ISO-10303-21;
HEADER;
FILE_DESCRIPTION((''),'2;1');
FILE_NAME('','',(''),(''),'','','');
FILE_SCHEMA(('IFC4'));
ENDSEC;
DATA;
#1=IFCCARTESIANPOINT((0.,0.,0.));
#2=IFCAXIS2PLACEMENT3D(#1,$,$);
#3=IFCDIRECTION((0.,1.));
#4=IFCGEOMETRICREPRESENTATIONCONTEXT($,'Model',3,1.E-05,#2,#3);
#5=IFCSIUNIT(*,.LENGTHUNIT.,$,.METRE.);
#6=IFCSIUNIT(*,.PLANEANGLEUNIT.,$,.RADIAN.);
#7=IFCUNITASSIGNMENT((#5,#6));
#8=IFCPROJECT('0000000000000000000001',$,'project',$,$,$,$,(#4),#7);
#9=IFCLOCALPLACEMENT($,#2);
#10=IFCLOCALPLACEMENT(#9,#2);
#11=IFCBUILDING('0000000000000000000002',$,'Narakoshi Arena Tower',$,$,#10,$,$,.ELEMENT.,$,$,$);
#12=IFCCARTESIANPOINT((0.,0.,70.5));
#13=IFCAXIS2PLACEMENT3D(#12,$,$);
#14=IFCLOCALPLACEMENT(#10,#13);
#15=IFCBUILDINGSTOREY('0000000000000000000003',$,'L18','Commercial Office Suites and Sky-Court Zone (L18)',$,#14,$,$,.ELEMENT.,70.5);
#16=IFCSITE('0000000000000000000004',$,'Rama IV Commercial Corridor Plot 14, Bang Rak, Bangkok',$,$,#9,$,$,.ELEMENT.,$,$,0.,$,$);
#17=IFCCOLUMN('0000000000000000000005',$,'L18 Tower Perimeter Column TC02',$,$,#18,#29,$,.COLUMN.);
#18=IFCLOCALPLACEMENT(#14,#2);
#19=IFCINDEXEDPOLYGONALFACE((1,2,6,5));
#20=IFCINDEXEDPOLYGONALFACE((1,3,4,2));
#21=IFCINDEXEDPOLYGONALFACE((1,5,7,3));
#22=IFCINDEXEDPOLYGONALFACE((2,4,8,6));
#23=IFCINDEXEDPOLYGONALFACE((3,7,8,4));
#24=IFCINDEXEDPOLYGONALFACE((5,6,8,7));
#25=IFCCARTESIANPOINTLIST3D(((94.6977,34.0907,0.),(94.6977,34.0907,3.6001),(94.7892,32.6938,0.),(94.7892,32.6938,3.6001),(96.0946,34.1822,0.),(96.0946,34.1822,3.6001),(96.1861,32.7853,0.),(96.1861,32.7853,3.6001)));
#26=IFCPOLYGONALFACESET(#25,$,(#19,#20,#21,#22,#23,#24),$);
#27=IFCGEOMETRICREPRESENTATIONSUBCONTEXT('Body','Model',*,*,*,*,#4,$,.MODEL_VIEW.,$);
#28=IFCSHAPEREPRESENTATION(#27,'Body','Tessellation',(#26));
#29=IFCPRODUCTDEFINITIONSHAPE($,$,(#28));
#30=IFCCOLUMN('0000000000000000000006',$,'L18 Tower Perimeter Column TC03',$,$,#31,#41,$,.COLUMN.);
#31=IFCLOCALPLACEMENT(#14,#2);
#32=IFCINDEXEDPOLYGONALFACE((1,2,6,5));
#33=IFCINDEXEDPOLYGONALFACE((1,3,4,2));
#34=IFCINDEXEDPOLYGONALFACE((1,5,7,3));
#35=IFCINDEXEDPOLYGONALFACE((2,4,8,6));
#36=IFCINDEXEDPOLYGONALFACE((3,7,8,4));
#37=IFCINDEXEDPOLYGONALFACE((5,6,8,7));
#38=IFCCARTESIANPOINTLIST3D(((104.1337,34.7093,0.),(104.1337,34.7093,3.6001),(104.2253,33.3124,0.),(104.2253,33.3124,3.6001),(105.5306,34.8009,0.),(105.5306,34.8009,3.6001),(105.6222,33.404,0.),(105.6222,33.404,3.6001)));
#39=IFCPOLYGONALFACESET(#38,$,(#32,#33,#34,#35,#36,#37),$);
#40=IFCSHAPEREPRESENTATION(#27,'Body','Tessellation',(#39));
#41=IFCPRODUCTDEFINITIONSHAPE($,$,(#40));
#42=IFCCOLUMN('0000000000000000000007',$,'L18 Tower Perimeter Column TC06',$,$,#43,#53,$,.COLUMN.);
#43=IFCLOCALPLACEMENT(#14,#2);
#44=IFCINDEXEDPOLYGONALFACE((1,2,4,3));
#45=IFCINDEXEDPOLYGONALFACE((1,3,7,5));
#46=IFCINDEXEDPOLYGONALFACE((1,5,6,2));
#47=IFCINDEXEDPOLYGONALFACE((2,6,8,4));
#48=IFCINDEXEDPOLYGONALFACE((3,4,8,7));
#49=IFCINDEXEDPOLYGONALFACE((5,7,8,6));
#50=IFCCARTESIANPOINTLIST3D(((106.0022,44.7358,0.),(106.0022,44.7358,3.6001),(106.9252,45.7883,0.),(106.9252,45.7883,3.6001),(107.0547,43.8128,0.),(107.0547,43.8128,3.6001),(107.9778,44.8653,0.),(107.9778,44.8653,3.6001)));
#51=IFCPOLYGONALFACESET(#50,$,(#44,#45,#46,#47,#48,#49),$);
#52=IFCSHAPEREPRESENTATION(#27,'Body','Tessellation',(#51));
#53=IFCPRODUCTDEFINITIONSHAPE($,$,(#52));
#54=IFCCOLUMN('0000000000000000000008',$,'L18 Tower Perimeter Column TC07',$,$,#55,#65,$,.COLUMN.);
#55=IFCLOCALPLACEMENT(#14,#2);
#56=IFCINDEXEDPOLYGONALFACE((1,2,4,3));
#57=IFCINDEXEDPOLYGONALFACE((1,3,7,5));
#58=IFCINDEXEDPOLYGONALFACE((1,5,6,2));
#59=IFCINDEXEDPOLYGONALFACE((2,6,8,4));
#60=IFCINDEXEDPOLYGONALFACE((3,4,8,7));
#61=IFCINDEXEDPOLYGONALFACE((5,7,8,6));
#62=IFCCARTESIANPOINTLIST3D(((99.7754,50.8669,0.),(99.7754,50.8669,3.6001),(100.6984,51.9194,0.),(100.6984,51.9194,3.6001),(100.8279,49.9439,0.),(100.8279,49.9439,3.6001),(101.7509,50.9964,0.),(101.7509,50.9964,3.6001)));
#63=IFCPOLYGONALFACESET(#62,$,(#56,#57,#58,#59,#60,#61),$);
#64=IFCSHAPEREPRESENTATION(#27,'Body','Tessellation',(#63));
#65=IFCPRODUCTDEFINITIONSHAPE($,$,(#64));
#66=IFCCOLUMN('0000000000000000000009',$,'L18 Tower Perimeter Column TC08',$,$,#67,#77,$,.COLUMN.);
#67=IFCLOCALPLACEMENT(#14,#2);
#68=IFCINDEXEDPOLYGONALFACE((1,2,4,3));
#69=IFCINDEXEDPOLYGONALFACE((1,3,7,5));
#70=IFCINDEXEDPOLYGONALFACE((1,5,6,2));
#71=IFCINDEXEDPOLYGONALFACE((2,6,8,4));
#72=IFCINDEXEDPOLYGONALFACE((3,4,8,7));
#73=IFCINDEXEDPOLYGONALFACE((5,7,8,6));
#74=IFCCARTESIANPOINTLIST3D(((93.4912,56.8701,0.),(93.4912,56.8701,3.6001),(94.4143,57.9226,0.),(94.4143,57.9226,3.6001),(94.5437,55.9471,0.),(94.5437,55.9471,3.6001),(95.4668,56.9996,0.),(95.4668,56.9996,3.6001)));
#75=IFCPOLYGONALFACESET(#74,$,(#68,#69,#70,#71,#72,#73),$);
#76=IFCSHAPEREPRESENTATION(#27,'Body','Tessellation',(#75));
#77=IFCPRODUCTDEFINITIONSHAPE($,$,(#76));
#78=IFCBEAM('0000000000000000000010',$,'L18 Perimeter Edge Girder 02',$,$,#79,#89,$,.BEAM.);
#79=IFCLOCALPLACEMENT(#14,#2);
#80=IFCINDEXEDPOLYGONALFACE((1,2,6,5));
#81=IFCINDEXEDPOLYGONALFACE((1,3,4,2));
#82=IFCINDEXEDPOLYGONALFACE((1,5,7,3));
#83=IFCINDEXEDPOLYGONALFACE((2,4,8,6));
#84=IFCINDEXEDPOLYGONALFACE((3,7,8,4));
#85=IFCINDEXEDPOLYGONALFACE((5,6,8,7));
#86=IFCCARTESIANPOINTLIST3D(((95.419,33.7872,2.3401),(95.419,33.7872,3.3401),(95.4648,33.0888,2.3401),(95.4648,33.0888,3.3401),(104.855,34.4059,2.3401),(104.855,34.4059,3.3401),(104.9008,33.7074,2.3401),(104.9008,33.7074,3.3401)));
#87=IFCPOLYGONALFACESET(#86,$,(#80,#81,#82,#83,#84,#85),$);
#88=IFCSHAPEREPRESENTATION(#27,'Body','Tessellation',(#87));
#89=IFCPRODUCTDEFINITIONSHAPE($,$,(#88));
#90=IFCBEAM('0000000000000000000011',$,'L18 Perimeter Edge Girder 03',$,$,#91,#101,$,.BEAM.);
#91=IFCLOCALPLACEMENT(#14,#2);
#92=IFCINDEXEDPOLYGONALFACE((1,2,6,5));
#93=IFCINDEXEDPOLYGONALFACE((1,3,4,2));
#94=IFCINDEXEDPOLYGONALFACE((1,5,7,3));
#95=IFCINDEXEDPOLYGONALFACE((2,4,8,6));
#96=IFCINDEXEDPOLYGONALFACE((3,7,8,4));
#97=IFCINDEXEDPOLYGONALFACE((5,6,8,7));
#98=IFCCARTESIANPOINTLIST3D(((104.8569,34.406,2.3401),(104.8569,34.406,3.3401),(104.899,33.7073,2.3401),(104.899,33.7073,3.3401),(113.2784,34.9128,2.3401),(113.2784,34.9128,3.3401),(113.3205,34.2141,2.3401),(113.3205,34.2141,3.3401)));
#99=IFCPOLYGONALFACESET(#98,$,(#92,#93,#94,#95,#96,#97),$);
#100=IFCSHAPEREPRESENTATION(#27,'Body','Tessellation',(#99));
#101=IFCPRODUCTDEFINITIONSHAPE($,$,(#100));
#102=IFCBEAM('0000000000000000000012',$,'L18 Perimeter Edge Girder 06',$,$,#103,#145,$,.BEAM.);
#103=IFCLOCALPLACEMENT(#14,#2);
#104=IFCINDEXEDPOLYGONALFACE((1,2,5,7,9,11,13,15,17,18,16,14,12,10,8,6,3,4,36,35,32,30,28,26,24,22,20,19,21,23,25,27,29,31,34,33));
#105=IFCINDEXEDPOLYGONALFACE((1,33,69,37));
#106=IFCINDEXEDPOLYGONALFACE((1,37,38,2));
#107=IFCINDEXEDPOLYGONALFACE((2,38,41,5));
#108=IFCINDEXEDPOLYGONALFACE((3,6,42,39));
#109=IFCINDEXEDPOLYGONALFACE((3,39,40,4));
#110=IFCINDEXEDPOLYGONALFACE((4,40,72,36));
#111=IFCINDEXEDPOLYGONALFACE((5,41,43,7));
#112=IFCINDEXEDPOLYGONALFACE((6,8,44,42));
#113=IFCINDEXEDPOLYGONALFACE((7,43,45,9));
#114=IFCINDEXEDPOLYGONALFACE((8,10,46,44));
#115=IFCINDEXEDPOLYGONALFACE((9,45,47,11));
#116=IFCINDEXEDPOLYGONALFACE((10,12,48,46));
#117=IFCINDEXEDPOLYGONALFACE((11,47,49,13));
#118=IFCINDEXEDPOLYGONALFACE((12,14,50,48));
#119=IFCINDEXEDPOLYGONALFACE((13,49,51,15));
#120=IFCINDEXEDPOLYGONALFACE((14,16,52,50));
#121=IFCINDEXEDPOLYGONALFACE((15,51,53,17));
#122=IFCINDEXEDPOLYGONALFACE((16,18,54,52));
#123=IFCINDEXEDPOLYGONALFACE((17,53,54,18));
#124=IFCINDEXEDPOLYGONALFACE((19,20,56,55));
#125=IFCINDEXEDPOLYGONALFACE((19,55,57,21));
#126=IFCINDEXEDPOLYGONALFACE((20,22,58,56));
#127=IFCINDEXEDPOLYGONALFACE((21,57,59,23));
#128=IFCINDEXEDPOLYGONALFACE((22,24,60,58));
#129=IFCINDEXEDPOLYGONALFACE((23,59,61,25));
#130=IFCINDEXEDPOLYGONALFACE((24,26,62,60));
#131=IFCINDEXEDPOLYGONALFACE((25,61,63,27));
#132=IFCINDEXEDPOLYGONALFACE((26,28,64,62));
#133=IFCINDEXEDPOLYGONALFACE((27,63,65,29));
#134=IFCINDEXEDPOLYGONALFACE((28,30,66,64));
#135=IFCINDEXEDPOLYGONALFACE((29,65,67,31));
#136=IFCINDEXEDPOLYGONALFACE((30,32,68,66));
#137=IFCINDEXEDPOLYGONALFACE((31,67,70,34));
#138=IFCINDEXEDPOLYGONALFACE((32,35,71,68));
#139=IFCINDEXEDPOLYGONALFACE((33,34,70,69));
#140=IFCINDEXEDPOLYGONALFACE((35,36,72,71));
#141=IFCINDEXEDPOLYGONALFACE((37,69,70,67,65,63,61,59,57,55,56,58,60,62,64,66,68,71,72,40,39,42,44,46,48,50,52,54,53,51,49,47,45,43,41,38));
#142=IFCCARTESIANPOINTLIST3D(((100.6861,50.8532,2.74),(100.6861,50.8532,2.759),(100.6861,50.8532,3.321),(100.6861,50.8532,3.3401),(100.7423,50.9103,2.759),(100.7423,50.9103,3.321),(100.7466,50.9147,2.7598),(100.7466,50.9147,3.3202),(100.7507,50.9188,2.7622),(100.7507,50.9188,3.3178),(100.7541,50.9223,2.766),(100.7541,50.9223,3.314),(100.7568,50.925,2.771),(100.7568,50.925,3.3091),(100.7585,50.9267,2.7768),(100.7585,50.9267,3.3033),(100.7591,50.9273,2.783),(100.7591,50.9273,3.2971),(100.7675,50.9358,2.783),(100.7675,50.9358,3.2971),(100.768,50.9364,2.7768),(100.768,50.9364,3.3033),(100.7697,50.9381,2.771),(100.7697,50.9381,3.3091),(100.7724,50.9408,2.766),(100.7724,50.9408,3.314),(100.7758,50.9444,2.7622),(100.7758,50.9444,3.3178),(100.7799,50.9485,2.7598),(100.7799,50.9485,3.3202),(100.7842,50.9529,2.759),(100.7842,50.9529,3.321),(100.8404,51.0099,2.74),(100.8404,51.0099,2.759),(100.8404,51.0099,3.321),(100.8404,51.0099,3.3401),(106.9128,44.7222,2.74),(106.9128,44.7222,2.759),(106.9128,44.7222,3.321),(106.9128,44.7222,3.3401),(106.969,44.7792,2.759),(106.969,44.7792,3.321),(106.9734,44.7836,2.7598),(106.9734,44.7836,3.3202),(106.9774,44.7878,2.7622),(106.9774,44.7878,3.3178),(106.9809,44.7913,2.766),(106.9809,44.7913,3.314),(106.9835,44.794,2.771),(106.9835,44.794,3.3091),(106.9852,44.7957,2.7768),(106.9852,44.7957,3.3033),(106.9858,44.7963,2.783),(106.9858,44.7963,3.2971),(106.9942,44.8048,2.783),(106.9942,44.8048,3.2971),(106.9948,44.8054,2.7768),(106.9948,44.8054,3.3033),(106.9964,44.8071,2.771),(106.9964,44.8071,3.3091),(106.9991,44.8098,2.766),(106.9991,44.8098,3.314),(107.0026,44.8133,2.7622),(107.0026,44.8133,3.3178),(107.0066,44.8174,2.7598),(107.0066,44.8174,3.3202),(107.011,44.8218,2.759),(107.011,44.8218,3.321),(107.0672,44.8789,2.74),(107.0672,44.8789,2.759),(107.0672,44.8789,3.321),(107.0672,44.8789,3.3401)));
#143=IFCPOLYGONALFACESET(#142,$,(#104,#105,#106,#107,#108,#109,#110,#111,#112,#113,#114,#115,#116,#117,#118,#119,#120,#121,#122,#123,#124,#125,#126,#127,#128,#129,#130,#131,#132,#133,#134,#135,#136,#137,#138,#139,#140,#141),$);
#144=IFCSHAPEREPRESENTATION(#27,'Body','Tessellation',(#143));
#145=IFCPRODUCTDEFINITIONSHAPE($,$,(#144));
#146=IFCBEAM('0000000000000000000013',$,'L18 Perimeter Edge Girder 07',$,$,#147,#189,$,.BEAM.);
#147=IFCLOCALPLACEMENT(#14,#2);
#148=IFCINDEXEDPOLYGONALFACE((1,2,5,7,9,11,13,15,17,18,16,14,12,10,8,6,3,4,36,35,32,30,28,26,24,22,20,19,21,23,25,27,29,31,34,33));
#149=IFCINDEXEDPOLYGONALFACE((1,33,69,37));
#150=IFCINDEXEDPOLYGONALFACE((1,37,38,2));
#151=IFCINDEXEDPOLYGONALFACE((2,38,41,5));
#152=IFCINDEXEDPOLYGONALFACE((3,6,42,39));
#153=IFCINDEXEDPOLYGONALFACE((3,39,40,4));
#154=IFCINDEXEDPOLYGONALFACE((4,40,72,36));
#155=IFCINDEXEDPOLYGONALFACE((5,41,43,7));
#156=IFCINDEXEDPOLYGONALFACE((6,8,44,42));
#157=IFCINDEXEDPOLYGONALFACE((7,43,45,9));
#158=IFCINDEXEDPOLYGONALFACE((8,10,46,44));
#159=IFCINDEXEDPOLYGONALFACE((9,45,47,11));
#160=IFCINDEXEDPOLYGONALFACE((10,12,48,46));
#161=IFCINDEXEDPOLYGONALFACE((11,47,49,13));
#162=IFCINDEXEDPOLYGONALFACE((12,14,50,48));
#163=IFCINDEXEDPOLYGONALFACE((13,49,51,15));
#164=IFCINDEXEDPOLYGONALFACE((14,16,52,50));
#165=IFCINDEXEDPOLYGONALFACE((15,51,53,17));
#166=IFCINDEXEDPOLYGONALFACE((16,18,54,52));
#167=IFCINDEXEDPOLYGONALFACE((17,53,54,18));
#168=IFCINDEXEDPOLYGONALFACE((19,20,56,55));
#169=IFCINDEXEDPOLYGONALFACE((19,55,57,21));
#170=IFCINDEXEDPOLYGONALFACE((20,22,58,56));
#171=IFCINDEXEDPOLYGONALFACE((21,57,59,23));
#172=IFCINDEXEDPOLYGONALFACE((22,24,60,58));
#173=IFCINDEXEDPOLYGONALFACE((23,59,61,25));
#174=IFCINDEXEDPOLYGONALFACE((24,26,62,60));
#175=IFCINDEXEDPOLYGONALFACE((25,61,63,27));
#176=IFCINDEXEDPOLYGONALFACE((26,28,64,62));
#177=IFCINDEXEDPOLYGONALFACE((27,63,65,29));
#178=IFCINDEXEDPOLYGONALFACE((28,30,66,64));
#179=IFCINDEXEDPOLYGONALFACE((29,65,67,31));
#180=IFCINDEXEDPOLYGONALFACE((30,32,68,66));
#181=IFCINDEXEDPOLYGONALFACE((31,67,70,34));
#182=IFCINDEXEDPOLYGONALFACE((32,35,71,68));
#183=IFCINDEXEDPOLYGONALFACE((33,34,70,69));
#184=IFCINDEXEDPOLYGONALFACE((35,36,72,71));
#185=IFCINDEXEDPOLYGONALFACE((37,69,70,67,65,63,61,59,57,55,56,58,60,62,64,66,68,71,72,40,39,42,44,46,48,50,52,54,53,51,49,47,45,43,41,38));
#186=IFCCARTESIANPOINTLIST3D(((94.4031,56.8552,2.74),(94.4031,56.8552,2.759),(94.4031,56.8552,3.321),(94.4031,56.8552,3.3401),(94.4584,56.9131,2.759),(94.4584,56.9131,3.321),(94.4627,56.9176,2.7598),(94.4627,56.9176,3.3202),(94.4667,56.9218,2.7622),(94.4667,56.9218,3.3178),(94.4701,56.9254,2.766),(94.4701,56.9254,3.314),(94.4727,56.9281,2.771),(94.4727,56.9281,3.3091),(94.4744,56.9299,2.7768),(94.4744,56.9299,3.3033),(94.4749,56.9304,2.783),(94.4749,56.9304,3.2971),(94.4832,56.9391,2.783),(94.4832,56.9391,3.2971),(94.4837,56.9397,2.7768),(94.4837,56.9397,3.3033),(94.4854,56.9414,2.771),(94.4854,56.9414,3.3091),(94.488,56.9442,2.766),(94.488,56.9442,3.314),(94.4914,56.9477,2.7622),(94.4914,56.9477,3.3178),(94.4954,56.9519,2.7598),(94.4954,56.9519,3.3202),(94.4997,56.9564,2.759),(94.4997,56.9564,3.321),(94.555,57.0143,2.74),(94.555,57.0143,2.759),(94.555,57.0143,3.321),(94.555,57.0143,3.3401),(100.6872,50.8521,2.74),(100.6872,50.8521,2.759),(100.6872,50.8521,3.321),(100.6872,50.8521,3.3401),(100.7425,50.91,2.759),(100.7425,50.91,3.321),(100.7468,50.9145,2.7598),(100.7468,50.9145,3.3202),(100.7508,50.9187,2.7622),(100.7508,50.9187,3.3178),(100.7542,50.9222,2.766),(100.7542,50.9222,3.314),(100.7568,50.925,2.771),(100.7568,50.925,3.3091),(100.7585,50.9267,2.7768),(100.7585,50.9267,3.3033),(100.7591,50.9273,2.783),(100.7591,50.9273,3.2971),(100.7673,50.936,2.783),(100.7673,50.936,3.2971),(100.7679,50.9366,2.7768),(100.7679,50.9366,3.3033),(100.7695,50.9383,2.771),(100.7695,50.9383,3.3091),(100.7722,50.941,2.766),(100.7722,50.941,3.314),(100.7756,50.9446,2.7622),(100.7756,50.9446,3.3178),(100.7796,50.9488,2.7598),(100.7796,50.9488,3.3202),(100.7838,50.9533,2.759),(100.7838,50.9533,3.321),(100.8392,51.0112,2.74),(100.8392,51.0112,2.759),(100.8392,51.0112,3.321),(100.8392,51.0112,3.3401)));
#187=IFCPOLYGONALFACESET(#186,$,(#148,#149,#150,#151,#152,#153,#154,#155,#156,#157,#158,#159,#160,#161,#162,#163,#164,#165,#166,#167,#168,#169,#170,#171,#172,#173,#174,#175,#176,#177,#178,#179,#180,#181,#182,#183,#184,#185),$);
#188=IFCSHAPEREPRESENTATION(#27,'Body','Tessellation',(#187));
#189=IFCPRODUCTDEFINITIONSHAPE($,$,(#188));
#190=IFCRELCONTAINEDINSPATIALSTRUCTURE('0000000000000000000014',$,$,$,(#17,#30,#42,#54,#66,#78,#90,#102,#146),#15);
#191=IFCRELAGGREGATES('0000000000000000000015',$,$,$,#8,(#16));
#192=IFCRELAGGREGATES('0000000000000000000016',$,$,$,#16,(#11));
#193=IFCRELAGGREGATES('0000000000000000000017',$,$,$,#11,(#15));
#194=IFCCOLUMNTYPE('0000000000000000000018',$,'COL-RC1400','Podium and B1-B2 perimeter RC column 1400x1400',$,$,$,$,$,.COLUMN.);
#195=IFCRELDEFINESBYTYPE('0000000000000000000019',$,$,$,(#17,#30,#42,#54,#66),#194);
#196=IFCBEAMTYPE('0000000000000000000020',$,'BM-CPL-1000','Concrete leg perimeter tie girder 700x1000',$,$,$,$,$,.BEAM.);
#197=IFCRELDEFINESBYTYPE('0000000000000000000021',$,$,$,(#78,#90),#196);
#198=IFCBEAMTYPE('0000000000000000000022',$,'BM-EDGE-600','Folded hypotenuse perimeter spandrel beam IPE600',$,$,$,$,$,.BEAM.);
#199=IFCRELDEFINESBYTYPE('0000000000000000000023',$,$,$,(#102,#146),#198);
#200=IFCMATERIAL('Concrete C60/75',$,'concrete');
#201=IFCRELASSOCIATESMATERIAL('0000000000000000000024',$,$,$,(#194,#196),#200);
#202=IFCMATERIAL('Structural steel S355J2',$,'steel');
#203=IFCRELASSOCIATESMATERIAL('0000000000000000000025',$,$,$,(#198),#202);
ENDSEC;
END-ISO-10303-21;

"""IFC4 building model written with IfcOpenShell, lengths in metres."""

from ifc_helpers import new_model, si_unit, direction, frame, origin, origin_2d, place, context, subcontext, project, spatial, rectangle, i_section, extrude, material, material_profile, profile_set, type_object, element, save


model = new_model("IFC4")

# Units and contexts
model_context = context("Model", 3, precision=1e-05, world=origin(), true_north=direction((0.0, 1.0)))
body_context = subcontext(model_context, "Body", "Model", "MODEL_VIEW")
ifc_project = project(units=[si_unit("LENGTHUNIT", "METRE"), si_unit("PLANEANGLEUNIT", "RADIAN")], contexts=[model_context])

# Site, building, storey
site_placement = place(None, origin())
site = spatial("IfcSite", under=ifc_project, at=site_placement, Name="Rama IV Commercial Corridor Plot 14, Bang Rak, Bangkok", CompositionType="ELEMENT", RefElevation=0.0)
building_placement = place(site_placement, origin())
building = spatial("IfcBuilding", under=site, at=building_placement, Name="Narakoshi Arena Tower", CompositionType="ELEMENT")
storey_placement = place(building_placement, frame((0.0, 0.0, 70.5)))
storey = spatial("IfcBuildingStorey", under=building, at=storey_placement, Name="L18", Description="Commercial Office Suites and Sky-Court Zone (L18)", CompositionType="ELEMENT", Elevation=70.5)

# Columns
ifc_material_1 = material(Name="Concrete C60/75", Category="concrete")
ifc_material_profile_1 = material_profile(ifc_material_1, rectangle(XDim=1.3999, YDim=1.3999, at=origin_2d()), Name="RC1400x1400")
ifc_profile_set_1 = profile_set([ifc_material_profile_1], Name="Concrete C60/75")
column_type = type_object("IfcColumnType", Name="COL-RC1400", Description="Podium and B1-B2 perimeter RC column 1400x1400", PredefinedType="COLUMN", material=ifc_profile_set_1)
for number, where, z_axis, x_axis, name in (
    (1, (95.4419, 33.438, 0.0), (0.0, 0.0, 1.0), (0.997859, 0.065403, 0.0), "L18 Tower Perimeter Column TC02"),
    (2, (104.8779, 34.0566, 0.0), (0.0, 0.0, 1.0), (0.997859, 0.065403, 0.0), "L18 Tower Perimeter Column TC03"),
    (3, (106.99, 44.8005, 0.0), (0.0, 0.0, 1.0), (0.659346, 0.75184, 0.0), "L18 Tower Perimeter Column TC06"),
    (4, (100.7632, 50.9316, 0.0), (0.0, 0.0, 1.0), (0.659346, 0.75184, 0.0), "L18 Tower Perimeter Column TC07"),
    (5, (94.479, 56.9348, 0.0), (0.0, 0.0, 1.0), (0.659346, 0.75184, 0.0), "L18 Tower Perimeter Column TC08"),
):
    element("IfcColumn", number, at=place(storey_placement, frame(where, z_axis=z_axis, x_axis=x_axis)), inside=storey, type_object=column_type, Name=name, PredefinedType="COLUMN", context=body_context, shape_type="SweptSolid", body=[
        extrude(rectangle(XDim=1.3999, YDim=1.3999, at=origin_2d()), origin(), (0.0, 0.0, 1.0), 3.6001),
    ])

# Beams
ifc_material_profile_2 = material_profile(ifc_material_1, rectangle(XDim=0.7, YDim=1.0, at=origin_2d()), Name="RCB700x1000")
ifc_profile_set_2 = profile_set([ifc_material_profile_2], Name="Concrete C60/75")
beam_type_1 = type_object("IfcBeamType", Name="BM-CPL-1000", Description="Concrete leg perimeter tie girder 700x1000", PredefinedType="BEAM", material=ifc_profile_set_2)
beam_1_placement = place(storey_placement, frame((95.4419, 33.438, 2.8401), z_axis=(0.997858, 0.065422, 0.0), x_axis=(-0.065422, 0.997858, 0.0)))
element("IfcBeam", 6, at=beam_1_placement, inside=storey, type_object=beam_type_1, Name="L18 Perimeter Edge Girder 02", PredefinedType="BEAM", context=body_context, shape_type="SweptSolid", body=[
    extrude(rectangle(XDim=0.7, YDim=1.0, at=origin_2d()), origin(), (0.0, 0.0, 1.0), 9.4563),
])
beam_2_placement = place(storey_placement, frame((104.8779, 34.0566, 2.8401), z_axis=(0.998194, 0.060074, 0.0), x_axis=(-0.060074, 0.998194, 0.0)))
element("IfcBeam", 7, at=beam_2_placement, inside=storey, type_object=beam_type_1, Name="L18 Perimeter Edge Girder 03", PredefinedType="BEAM", context=body_context, shape_type="SweptSolid", body=[
    extrude(rectangle(XDim=0.7, YDim=1.0, at=origin_2d()), origin(), (0.0, 0.0, 1.0), 8.4368),
])
ifc_material_2 = material(Name="Structural steel S355J2", Category="steel")
ifc_material_profile_3 = material_profile(ifc_material_2, i_section(OverallWidth=0.22, OverallDepth=0.6001, WebThickness=0.012, FlangeThickness=0.019, FilletRadius=0.0239, at=origin_2d()), Name="IPE600")
ifc_profile_set_3 = profile_set([ifc_material_profile_3], Name="Structural steel S355J2")
beam_type_2 = type_object("IfcBeamType", Name="BM-EDGE-600", Description="Folded hypotenuse perimeter spandrel beam IPE600", PredefinedType="BEAM", material=ifc_profile_set_3)
beam_3_placement = place(storey_placement, frame((106.99, 44.8005, 3.04), z_axis=(-0.712561, 0.70161, 0.0), x_axis=(-0.70161, -0.712561, 0.0)))
element("IfcBeam", 8, at=beam_3_placement, inside=storey, type_object=beam_type_2, Name="L18 Perimeter Edge Girder 06", PredefinedType="BEAM", context=body_context, shape_type="SweptSolid", body=[
    extrude(i_section(OverallWidth=0.22, OverallDepth=0.6001, WebThickness=0.012, FlangeThickness=0.019, FilletRadius=0.0239, at=origin_2d()), origin(), (0.0, 0.0, 1.0), 8.7385),
])
beam_4_placement = place(storey_placement, frame((100.7632, 50.9316, 3.04), z_axis=(-0.723089, 0.690755, 0.0), x_axis=(-0.690755, -0.723089, 0.0)))
element("IfcBeam", 9, at=beam_4_placement, inside=storey, type_object=beam_type_2, Name="L18 Perimeter Edge Girder 07", PredefinedType="BEAM", context=body_context, shape_type="SweptSolid", body=[
    extrude(i_section(OverallWidth=0.22, OverallDepth=0.6001, WebThickness=0.012, FlangeThickness=0.019, FilletRadius=0.0239, at=origin_2d()), origin(), (0.0, 0.0, 1.0), 8.6907),
])

save(model, "model.ifc")
